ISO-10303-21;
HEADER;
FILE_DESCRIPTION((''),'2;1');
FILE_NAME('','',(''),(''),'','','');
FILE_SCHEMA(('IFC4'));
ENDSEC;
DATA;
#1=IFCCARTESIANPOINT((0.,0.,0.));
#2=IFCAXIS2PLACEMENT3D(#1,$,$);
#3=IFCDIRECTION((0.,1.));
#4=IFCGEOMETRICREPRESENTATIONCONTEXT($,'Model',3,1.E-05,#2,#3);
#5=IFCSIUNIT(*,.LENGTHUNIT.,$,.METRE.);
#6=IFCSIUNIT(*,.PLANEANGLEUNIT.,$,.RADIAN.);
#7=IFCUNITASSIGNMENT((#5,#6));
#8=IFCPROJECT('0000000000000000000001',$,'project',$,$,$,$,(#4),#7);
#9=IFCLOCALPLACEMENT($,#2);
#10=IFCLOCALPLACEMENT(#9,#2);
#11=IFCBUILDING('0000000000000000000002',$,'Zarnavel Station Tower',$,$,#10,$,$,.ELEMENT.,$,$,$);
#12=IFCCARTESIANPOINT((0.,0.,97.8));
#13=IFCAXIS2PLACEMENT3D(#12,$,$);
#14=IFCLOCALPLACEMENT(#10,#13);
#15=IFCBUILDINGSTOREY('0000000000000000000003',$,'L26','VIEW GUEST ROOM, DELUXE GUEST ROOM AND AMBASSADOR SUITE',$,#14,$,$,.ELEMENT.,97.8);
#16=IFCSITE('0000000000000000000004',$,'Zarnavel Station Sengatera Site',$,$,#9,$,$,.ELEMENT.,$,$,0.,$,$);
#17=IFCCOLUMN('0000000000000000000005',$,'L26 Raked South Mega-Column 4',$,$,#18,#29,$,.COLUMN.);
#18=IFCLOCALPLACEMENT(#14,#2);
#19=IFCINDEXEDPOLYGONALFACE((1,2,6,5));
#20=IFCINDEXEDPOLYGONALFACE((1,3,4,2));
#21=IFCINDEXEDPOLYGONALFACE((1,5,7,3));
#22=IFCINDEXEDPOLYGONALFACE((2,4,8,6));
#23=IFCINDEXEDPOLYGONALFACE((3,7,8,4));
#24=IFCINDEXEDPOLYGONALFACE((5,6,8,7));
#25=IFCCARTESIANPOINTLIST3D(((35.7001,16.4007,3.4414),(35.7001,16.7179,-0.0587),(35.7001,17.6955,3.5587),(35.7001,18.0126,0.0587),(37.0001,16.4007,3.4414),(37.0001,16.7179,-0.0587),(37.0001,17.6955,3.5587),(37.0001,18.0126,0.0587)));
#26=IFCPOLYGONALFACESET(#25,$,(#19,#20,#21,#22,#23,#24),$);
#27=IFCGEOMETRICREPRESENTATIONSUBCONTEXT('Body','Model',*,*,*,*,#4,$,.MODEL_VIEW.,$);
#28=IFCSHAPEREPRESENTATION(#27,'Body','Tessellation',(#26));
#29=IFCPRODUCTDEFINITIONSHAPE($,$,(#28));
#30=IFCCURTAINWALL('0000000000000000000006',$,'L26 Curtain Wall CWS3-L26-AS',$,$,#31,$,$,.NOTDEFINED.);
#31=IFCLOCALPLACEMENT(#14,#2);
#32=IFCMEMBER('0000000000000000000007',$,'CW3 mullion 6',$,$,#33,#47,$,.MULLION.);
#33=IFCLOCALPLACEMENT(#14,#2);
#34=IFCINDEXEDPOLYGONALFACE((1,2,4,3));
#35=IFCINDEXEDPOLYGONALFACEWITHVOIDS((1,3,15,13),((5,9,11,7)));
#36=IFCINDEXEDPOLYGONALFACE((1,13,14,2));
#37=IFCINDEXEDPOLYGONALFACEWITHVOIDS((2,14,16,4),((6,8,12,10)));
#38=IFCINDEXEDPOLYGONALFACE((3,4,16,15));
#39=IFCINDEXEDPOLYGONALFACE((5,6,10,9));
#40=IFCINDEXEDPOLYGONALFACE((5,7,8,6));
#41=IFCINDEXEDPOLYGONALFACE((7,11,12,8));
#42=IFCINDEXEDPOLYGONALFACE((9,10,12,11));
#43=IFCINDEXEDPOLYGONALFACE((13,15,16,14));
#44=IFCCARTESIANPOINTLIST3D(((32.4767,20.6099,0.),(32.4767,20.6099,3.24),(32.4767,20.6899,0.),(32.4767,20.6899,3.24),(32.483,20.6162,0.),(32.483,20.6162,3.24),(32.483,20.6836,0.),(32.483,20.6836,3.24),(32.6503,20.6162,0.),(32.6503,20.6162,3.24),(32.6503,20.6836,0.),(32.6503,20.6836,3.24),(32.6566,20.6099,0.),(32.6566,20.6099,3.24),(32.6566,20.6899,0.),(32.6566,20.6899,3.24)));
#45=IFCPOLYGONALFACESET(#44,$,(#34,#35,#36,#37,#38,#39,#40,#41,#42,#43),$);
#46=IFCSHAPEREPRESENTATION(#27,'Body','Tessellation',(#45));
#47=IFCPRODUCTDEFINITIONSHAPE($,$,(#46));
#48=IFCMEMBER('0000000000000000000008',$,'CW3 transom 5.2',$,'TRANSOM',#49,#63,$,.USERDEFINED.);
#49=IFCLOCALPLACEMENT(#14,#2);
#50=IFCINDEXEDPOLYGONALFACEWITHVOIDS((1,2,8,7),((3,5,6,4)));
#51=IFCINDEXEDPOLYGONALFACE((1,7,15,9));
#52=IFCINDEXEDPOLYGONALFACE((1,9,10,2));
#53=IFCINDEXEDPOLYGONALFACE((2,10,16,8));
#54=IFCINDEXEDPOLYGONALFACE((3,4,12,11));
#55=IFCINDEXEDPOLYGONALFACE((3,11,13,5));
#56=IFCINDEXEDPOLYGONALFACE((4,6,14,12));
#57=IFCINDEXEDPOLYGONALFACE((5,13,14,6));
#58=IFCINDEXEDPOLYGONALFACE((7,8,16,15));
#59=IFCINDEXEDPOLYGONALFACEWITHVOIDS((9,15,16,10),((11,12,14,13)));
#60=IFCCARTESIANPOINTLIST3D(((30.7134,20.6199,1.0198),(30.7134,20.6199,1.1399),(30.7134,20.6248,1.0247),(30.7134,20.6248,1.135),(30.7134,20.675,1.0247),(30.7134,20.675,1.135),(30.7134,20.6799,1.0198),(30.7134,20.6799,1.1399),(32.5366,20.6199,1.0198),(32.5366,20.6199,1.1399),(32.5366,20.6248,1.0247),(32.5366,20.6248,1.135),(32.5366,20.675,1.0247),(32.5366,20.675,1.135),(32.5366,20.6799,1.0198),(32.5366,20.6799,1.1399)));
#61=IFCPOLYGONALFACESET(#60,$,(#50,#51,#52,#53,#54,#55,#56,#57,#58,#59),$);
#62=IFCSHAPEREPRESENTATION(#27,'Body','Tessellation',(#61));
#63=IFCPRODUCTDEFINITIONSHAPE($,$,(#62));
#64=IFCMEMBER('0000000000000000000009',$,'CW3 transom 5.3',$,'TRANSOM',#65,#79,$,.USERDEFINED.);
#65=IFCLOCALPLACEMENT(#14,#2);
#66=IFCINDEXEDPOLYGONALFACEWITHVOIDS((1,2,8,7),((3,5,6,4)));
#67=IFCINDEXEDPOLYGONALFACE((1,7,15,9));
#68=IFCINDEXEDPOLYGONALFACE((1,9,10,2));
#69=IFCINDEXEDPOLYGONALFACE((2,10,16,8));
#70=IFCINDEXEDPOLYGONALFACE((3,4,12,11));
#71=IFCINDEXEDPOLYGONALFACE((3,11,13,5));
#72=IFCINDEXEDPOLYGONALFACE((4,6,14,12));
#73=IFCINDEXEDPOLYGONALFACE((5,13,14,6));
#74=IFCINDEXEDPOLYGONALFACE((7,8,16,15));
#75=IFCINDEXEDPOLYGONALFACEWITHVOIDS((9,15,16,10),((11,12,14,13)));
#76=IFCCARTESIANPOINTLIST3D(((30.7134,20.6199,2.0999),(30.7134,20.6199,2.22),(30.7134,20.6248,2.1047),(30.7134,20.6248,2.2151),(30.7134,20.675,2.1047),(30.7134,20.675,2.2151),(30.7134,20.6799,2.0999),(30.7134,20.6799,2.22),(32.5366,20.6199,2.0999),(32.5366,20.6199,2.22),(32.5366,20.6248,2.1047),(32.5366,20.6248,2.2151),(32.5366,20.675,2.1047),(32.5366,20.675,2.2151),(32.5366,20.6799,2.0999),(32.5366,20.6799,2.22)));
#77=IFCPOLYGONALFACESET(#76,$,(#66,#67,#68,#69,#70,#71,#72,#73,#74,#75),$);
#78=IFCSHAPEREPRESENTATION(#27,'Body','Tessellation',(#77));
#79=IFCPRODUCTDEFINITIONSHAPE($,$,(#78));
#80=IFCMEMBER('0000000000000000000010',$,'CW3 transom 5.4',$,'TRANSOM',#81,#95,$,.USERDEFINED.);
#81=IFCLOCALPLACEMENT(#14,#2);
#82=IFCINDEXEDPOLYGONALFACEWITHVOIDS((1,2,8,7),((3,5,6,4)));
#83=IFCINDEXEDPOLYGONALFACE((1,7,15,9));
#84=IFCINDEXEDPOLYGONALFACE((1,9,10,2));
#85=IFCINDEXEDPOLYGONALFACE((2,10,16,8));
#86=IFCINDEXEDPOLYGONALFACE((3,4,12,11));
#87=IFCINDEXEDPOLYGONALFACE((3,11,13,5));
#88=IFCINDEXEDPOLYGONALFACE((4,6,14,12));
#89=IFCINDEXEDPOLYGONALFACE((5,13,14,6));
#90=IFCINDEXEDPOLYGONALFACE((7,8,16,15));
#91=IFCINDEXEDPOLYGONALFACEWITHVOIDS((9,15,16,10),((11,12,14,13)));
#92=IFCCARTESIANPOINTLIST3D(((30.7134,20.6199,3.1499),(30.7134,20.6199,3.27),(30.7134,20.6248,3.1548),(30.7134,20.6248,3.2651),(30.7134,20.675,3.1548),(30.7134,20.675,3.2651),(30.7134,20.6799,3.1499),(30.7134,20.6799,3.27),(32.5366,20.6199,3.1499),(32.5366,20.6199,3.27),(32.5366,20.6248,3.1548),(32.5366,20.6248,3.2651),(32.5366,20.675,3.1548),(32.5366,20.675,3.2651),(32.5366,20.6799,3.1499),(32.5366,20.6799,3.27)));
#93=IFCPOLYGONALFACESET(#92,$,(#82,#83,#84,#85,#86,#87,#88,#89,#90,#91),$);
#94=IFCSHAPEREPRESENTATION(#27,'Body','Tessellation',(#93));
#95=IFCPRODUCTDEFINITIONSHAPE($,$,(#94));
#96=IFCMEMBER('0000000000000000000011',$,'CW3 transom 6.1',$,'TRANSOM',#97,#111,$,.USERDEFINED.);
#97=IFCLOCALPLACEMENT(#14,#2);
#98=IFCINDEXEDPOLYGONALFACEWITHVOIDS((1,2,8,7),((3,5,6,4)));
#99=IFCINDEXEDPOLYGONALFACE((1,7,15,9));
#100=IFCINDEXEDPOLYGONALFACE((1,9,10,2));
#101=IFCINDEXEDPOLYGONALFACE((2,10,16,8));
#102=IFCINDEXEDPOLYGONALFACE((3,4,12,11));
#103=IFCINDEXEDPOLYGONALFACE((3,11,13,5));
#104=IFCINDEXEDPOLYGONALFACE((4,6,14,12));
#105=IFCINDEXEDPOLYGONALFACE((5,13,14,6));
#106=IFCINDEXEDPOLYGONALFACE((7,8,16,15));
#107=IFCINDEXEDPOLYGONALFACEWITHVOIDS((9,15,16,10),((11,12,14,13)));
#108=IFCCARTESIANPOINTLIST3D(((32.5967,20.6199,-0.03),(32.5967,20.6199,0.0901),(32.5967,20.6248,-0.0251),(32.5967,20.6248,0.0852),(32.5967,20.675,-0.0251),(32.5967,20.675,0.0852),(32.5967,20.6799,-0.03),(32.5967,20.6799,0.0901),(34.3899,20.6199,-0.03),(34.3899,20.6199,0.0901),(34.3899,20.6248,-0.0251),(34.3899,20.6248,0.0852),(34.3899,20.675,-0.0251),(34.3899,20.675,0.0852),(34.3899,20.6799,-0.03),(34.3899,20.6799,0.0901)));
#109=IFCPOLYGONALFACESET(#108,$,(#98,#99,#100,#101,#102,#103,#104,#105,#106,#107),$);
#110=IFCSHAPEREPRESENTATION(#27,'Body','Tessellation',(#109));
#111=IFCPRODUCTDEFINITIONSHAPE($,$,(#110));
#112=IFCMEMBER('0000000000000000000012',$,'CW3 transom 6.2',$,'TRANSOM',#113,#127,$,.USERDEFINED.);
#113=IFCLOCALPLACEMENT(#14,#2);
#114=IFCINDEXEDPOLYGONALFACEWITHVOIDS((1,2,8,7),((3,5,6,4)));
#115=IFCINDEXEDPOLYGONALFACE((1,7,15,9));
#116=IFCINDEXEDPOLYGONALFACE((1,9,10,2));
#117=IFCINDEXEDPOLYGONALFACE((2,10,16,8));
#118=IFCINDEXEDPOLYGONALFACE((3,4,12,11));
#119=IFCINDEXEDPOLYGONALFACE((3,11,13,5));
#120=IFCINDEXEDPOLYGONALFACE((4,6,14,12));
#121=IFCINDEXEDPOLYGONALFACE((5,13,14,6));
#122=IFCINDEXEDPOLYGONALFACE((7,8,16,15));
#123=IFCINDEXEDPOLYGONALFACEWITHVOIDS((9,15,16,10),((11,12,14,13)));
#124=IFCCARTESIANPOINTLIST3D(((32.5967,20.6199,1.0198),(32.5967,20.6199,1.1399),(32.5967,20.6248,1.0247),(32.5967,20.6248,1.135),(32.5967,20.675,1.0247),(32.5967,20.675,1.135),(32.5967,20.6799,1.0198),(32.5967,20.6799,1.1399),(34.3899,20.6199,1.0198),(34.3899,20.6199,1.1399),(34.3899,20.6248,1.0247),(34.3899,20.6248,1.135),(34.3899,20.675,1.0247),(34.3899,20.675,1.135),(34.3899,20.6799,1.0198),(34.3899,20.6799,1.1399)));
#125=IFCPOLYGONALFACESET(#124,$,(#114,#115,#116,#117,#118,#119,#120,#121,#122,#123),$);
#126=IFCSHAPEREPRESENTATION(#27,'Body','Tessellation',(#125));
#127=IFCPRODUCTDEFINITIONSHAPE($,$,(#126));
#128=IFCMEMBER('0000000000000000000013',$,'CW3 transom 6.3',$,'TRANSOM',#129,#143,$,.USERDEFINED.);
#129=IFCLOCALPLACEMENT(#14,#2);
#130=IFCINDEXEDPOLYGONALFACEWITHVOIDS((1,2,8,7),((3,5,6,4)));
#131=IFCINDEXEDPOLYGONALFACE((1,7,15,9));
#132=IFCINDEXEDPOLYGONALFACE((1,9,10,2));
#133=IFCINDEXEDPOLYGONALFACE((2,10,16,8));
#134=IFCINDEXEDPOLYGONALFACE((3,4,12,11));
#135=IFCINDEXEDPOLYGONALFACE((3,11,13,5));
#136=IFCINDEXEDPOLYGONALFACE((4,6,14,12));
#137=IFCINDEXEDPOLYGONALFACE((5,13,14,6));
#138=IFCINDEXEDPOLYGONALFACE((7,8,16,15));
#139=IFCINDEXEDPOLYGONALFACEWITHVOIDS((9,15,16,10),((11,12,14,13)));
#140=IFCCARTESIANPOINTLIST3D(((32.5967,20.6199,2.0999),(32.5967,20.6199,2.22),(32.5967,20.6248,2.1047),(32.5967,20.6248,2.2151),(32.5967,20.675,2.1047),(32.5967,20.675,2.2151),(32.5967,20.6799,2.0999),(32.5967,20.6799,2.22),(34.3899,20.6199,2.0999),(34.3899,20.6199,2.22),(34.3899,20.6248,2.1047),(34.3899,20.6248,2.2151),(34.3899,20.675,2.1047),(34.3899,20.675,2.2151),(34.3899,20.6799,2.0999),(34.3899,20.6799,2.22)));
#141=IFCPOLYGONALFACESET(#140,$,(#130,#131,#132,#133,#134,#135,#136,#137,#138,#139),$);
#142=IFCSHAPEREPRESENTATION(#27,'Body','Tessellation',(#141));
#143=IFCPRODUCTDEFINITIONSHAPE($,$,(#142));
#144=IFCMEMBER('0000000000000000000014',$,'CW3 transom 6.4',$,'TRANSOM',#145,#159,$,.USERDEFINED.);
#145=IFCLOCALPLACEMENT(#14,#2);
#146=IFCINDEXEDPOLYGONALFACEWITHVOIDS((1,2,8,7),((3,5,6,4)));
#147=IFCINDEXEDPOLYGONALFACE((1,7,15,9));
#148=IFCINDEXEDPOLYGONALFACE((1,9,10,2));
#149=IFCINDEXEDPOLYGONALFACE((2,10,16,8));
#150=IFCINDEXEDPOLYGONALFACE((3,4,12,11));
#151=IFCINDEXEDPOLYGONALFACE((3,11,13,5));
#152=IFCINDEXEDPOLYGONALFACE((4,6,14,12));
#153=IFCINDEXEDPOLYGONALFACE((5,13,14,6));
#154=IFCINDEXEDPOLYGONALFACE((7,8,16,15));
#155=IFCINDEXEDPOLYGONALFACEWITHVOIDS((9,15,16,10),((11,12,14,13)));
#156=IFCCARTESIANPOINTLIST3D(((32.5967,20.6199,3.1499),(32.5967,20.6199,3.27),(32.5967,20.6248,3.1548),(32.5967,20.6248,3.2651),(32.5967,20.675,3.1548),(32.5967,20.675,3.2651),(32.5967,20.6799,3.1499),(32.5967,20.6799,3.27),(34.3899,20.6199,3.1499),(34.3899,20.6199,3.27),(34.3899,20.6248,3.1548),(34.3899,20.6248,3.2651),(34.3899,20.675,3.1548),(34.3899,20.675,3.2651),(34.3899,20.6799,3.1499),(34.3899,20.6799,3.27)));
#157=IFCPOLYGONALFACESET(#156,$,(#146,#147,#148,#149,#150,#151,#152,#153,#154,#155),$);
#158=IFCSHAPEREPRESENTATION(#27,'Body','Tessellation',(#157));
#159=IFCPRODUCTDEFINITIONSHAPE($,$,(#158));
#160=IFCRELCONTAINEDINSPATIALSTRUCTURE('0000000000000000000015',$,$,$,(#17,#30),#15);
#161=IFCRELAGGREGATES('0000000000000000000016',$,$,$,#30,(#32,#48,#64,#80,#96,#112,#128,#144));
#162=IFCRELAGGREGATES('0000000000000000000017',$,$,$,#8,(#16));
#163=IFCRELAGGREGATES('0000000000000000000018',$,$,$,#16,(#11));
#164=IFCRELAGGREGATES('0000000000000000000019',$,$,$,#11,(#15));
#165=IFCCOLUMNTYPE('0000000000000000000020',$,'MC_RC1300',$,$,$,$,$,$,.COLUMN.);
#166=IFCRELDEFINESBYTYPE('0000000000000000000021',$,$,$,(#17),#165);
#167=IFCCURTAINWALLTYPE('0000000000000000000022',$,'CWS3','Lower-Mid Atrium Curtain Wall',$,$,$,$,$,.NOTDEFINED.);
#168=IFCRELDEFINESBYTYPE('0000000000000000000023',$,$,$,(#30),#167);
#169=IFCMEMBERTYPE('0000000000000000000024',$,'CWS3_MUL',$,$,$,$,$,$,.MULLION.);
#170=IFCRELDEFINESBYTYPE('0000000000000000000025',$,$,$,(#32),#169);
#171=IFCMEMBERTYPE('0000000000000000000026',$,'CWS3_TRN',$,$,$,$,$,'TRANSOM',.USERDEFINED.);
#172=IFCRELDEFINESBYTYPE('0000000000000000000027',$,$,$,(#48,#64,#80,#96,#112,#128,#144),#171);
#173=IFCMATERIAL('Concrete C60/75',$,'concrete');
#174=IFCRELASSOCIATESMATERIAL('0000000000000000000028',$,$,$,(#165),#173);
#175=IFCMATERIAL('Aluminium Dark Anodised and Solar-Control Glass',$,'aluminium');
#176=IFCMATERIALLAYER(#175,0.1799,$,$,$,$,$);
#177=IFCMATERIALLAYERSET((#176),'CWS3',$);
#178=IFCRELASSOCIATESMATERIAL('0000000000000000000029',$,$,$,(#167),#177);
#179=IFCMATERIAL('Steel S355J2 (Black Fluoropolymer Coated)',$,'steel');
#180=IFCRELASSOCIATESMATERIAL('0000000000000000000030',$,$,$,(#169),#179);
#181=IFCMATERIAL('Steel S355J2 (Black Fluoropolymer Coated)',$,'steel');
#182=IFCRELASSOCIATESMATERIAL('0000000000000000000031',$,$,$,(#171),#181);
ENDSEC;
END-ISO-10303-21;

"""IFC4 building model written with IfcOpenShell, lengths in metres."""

from ifc_helpers import new_model, si_unit, direction, frame, origin, origin_2d, place, context, subcontext, project, spatial, rectangle, hollow_rectangle, extrude, material, layer, layer_set, material_profile, profile_set, type_object, element, aggregate, save


model = new_model("IFC4")

# Units and contexts
model_context = context("Model", 3, precision=1e-05, world=origin(), true_north=direction((0.0, 1.0)))
body_context = subcontext(model_context, "Body", "Model", "MODEL_VIEW")
ifc_project = project(units=[si_unit("LENGTHUNIT", "METRE"), si_unit("PLANEANGLEUNIT", "RADIAN")], contexts=[model_context])

# Site, building, storey
site_placement = place(None, origin())
site = spatial("IfcSite", under=ifc_project, at=site_placement, Name="Zarnavel Station Sengatera Site", CompositionType="ELEMENT", RefElevation=0.0)
building_placement = place(site_placement, origin())
building = spatial("IfcBuilding", under=site, at=building_placement, Name="Zarnavel Station Tower", CompositionType="ELEMENT")
storey_placement = place(building_placement, frame((0.0, 0.0, 97.8)))
storey = spatial("IfcBuildingStorey", under=building, at=storey_placement, Name="L26", Description="VIEW GUEST ROOM, DELUXE GUEST ROOM AND AMBASSADOR SUITE", CompositionType="ELEMENT", Elevation=97.8)

# Column
ifc_material_1 = material(Name="Concrete C60/75", Category="concrete")
ifc_material_profile_1 = material_profile(ifc_material_1, rectangle(XDim=1.3, YDim=1.3, at=origin_2d()), Name="RC1300x1300")
ifc_profile_set_1 = profile_set([ifc_material_profile_1], Name="Concrete C60/75")
column_type = type_object("IfcColumnType", Name="MC_RC1300", PredefinedType="COLUMN", material=ifc_profile_set_1)
column_placement = place(storey_placement, frame((36.3501, 17.3652, 0.0), z_axis=(0.0, -0.090241, 0.99592), x_axis=(1.0, 0.0, 0.0)))
element("IfcColumn", 1, at=column_placement, inside=storey, type_object=column_type, Name="L26 Raked South Mega-Column 4", PredefinedType="COLUMN", context=body_context, shape_type="SweptSolid", body=[
    extrude(rectangle(XDim=1.3, YDim=1.3, at=origin_2d()), origin(), (0.0, 0.0, 1.0), 3.5144),
])

# Curtain wall, members
ifc_material_2 = material(Name="Aluminium Dark Anodised and Solar-Control Glass", Category="aluminium")
ifc_layer_1 = layer(ifc_material_2, 0.1799)
ifc_layer_set_1 = layer_set([ifc_layer_1], Name="CWS3")
curtain_wall_type = type_object("IfcCurtainWallType", Name="CWS3", Description="Lower-Mid Atrium Curtain Wall", PredefinedType="NOTDEFINED", material=ifc_layer_set_1)
curtain_wall_placement = place(storey_placement, origin())
curtain_wall = element("IfcCurtainWall", 2, at=curtain_wall_placement, inside=storey, type_object=curtain_wall_type, Name="L26 Curtain Wall CWS3-L26-AS", PredefinedType="NOTDEFINED")
ifc_material_3 = material(Name="Steel S355J2 (Black Fluoropolymer Coated)", Category="steel")
ifc_material_profile_2 = material_profile(ifc_material_3, hollow_rectangle(XDim=0.0801, YDim=0.1799, WallThickness=0.0063, at=origin_2d()), Name="RHS180x80x6.3")
ifc_profile_set_2 = profile_set([ifc_material_profile_2], Name="Steel S355J2 (Black Fluoropolymer Coated)")
member_type_1 = type_object("IfcMemberType", Name="CWS3_MUL", PredefinedType="MULLION", material=ifc_profile_set_2)
member_1_placement = place(storey_placement, frame((32.5667, 20.6499, 0.0), z_axis=(0.0, 0.0, 1.0), x_axis=(0.0, 1.0, 0.0)))
member_1 = element("IfcMember", 3, at=member_1_placement, type_object=member_type_1, Name="CW3 mullion 6", PredefinedType="MULLION", context=body_context, shape_type="SweptSolid", body=[
    extrude(hollow_rectangle(XDim=0.0801, YDim=0.1799, WallThickness=0.0063, at=origin_2d()), origin(), (0.0, 0.0, 1.0), 3.24),
])
ifc_material_4 = material(Name="Steel S355J2 (Black Fluoropolymer Coated)", Category="steel")
ifc_material_profile_3 = material_profile(ifc_material_4, hollow_rectangle(XDim=0.0601, YDim=0.1201, WallThickness=0.0049, at=origin_2d()), Name="RHS120x60x5")
ifc_profile_set_3 = profile_set([ifc_material_profile_3], Name="Steel S355J2 (Black Fluoropolymer Coated)")
member_type_2 = type_object("IfcMemberType", Name="CWS3_TRN", ElementType="TRANSOM", PredefinedType="USERDEFINED", material=ifc_profile_set_3)
member_2_placement = place(storey_placement, frame((30.7134, 20.6499, 1.0798), z_axis=(1.0, 0.0, 0.0), x_axis=(0.0, 1.0, 0.0)))
member_2 = element("IfcMember", 4, at=member_2_placement, type_object=member_type_2, Name="CW3 transom 5.2", ObjectType="TRANSOM", PredefinedType="USERDEFINED", context=body_context, shape_type="SweptSolid", body=[
    extrude(hollow_rectangle(XDim=0.0601, YDim=0.1201, WallThickness=0.0049, at=origin_2d()), origin(), (0.0, 0.0, 1.0), 1.8232),
])
member_3_placement = place(storey_placement, frame((30.7134, 20.6499, 2.1599), z_axis=(1.0, 0.0, 0.0), x_axis=(0.0, 1.0, 0.0)))
member_3 = element("IfcMember", 5, at=member_3_placement, type_object=member_type_2, Name="CW3 transom 5.3", ObjectType="TRANSOM", PredefinedType="USERDEFINED", context=body_context, shape_type="SweptSolid", body=[
    extrude(hollow_rectangle(XDim=0.0601, YDim=0.1201, WallThickness=0.0049, at=origin_2d()), origin(), (0.0, 0.0, 1.0), 1.8232),
])
member_4_placement = place(storey_placement, frame((30.7134, 20.6499, 3.21), z_axis=(1.0, 0.0, 0.0), x_axis=(0.0, 1.0, 0.0)))
member_4 = element("IfcMember", 6, at=member_4_placement, type_object=member_type_2, Name="CW3 transom 5.4", ObjectType="TRANSOM", PredefinedType="USERDEFINED", context=body_context, shape_type="SweptSolid", body=[
    extrude(hollow_rectangle(XDim=0.0601, YDim=0.1201, WallThickness=0.0049, at=origin_2d()), origin(), (0.0, 0.0, 1.0), 1.8232),
])
member_5_placement = place(storey_placement, frame((32.5967, 20.6499, 0.03), z_axis=(1.0, 0.0, 0.0), x_axis=(0.0, 1.0, 0.0)))
member_5 = element("IfcMember", 7, at=member_5_placement, type_object=member_type_2, Name="CW3 transom 6.1", ObjectType="TRANSOM", PredefinedType="USERDEFINED", context=body_context, shape_type="SweptSolid", body=[
    extrude(hollow_rectangle(XDim=0.0601, YDim=0.1201, WallThickness=0.0049, at=origin_2d()), origin(), (0.0, 0.0, 1.0), 1.7932),
])
member_6_placement = place(storey_placement, frame((32.5967, 20.6499, 1.0798), z_axis=(1.0, 0.0, 0.0), x_axis=(0.0, 1.0, 0.0)))
member_6 = element("IfcMember", 8, at=member_6_placement, type_object=member_type_2, Name="CW3 transom 6.2", ObjectType="TRANSOM", PredefinedType="USERDEFINED", context=body_context, shape_type="SweptSolid", body=[
    extrude(hollow_rectangle(XDim=0.0601, YDim=0.1201, WallThickness=0.0049, at=origin_2d()), origin(), (0.0, 0.0, 1.0), 1.7932),
])
member_7_placement = place(storey_placement, frame((32.5967, 20.6499, 2.1599), z_axis=(1.0, 0.0, 0.0), x_axis=(0.0, 1.0, 0.0)))
member_7 = element("IfcMember", 9, at=member_7_placement, type_object=member_type_2, Name="CW3 transom 6.3", ObjectType="TRANSOM", PredefinedType="USERDEFINED", context=body_context, shape_type="SweptSolid", body=[
    extrude(hollow_rectangle(XDim=0.0601, YDim=0.1201, WallThickness=0.0049, at=origin_2d()), origin(), (0.0, 0.0, 1.0), 1.7932),
])
member_8_placement = place(storey_placement, frame((32.5967, 20.6499, 3.21), z_axis=(1.0, 0.0, 0.0), x_axis=(0.0, 1.0, 0.0)))
member_8 = element("IfcMember", 10, at=member_8_placement, type_object=member_type_2, Name="CW3 transom 6.4", ObjectType="TRANSOM", PredefinedType="USERDEFINED", context=body_context, shape_type="SweptSolid", body=[
    extrude(hollow_rectangle(XDim=0.0601, YDim=0.1201, WallThickness=0.0049, at=origin_2d()), origin(), (0.0, 0.0, 1.0), 1.7932),
])

aggregate(curtain_wall, [member_1, member_2, member_3, member_4, member_5, member_6, member_7, member_8])

save(model, "model.ifc")
